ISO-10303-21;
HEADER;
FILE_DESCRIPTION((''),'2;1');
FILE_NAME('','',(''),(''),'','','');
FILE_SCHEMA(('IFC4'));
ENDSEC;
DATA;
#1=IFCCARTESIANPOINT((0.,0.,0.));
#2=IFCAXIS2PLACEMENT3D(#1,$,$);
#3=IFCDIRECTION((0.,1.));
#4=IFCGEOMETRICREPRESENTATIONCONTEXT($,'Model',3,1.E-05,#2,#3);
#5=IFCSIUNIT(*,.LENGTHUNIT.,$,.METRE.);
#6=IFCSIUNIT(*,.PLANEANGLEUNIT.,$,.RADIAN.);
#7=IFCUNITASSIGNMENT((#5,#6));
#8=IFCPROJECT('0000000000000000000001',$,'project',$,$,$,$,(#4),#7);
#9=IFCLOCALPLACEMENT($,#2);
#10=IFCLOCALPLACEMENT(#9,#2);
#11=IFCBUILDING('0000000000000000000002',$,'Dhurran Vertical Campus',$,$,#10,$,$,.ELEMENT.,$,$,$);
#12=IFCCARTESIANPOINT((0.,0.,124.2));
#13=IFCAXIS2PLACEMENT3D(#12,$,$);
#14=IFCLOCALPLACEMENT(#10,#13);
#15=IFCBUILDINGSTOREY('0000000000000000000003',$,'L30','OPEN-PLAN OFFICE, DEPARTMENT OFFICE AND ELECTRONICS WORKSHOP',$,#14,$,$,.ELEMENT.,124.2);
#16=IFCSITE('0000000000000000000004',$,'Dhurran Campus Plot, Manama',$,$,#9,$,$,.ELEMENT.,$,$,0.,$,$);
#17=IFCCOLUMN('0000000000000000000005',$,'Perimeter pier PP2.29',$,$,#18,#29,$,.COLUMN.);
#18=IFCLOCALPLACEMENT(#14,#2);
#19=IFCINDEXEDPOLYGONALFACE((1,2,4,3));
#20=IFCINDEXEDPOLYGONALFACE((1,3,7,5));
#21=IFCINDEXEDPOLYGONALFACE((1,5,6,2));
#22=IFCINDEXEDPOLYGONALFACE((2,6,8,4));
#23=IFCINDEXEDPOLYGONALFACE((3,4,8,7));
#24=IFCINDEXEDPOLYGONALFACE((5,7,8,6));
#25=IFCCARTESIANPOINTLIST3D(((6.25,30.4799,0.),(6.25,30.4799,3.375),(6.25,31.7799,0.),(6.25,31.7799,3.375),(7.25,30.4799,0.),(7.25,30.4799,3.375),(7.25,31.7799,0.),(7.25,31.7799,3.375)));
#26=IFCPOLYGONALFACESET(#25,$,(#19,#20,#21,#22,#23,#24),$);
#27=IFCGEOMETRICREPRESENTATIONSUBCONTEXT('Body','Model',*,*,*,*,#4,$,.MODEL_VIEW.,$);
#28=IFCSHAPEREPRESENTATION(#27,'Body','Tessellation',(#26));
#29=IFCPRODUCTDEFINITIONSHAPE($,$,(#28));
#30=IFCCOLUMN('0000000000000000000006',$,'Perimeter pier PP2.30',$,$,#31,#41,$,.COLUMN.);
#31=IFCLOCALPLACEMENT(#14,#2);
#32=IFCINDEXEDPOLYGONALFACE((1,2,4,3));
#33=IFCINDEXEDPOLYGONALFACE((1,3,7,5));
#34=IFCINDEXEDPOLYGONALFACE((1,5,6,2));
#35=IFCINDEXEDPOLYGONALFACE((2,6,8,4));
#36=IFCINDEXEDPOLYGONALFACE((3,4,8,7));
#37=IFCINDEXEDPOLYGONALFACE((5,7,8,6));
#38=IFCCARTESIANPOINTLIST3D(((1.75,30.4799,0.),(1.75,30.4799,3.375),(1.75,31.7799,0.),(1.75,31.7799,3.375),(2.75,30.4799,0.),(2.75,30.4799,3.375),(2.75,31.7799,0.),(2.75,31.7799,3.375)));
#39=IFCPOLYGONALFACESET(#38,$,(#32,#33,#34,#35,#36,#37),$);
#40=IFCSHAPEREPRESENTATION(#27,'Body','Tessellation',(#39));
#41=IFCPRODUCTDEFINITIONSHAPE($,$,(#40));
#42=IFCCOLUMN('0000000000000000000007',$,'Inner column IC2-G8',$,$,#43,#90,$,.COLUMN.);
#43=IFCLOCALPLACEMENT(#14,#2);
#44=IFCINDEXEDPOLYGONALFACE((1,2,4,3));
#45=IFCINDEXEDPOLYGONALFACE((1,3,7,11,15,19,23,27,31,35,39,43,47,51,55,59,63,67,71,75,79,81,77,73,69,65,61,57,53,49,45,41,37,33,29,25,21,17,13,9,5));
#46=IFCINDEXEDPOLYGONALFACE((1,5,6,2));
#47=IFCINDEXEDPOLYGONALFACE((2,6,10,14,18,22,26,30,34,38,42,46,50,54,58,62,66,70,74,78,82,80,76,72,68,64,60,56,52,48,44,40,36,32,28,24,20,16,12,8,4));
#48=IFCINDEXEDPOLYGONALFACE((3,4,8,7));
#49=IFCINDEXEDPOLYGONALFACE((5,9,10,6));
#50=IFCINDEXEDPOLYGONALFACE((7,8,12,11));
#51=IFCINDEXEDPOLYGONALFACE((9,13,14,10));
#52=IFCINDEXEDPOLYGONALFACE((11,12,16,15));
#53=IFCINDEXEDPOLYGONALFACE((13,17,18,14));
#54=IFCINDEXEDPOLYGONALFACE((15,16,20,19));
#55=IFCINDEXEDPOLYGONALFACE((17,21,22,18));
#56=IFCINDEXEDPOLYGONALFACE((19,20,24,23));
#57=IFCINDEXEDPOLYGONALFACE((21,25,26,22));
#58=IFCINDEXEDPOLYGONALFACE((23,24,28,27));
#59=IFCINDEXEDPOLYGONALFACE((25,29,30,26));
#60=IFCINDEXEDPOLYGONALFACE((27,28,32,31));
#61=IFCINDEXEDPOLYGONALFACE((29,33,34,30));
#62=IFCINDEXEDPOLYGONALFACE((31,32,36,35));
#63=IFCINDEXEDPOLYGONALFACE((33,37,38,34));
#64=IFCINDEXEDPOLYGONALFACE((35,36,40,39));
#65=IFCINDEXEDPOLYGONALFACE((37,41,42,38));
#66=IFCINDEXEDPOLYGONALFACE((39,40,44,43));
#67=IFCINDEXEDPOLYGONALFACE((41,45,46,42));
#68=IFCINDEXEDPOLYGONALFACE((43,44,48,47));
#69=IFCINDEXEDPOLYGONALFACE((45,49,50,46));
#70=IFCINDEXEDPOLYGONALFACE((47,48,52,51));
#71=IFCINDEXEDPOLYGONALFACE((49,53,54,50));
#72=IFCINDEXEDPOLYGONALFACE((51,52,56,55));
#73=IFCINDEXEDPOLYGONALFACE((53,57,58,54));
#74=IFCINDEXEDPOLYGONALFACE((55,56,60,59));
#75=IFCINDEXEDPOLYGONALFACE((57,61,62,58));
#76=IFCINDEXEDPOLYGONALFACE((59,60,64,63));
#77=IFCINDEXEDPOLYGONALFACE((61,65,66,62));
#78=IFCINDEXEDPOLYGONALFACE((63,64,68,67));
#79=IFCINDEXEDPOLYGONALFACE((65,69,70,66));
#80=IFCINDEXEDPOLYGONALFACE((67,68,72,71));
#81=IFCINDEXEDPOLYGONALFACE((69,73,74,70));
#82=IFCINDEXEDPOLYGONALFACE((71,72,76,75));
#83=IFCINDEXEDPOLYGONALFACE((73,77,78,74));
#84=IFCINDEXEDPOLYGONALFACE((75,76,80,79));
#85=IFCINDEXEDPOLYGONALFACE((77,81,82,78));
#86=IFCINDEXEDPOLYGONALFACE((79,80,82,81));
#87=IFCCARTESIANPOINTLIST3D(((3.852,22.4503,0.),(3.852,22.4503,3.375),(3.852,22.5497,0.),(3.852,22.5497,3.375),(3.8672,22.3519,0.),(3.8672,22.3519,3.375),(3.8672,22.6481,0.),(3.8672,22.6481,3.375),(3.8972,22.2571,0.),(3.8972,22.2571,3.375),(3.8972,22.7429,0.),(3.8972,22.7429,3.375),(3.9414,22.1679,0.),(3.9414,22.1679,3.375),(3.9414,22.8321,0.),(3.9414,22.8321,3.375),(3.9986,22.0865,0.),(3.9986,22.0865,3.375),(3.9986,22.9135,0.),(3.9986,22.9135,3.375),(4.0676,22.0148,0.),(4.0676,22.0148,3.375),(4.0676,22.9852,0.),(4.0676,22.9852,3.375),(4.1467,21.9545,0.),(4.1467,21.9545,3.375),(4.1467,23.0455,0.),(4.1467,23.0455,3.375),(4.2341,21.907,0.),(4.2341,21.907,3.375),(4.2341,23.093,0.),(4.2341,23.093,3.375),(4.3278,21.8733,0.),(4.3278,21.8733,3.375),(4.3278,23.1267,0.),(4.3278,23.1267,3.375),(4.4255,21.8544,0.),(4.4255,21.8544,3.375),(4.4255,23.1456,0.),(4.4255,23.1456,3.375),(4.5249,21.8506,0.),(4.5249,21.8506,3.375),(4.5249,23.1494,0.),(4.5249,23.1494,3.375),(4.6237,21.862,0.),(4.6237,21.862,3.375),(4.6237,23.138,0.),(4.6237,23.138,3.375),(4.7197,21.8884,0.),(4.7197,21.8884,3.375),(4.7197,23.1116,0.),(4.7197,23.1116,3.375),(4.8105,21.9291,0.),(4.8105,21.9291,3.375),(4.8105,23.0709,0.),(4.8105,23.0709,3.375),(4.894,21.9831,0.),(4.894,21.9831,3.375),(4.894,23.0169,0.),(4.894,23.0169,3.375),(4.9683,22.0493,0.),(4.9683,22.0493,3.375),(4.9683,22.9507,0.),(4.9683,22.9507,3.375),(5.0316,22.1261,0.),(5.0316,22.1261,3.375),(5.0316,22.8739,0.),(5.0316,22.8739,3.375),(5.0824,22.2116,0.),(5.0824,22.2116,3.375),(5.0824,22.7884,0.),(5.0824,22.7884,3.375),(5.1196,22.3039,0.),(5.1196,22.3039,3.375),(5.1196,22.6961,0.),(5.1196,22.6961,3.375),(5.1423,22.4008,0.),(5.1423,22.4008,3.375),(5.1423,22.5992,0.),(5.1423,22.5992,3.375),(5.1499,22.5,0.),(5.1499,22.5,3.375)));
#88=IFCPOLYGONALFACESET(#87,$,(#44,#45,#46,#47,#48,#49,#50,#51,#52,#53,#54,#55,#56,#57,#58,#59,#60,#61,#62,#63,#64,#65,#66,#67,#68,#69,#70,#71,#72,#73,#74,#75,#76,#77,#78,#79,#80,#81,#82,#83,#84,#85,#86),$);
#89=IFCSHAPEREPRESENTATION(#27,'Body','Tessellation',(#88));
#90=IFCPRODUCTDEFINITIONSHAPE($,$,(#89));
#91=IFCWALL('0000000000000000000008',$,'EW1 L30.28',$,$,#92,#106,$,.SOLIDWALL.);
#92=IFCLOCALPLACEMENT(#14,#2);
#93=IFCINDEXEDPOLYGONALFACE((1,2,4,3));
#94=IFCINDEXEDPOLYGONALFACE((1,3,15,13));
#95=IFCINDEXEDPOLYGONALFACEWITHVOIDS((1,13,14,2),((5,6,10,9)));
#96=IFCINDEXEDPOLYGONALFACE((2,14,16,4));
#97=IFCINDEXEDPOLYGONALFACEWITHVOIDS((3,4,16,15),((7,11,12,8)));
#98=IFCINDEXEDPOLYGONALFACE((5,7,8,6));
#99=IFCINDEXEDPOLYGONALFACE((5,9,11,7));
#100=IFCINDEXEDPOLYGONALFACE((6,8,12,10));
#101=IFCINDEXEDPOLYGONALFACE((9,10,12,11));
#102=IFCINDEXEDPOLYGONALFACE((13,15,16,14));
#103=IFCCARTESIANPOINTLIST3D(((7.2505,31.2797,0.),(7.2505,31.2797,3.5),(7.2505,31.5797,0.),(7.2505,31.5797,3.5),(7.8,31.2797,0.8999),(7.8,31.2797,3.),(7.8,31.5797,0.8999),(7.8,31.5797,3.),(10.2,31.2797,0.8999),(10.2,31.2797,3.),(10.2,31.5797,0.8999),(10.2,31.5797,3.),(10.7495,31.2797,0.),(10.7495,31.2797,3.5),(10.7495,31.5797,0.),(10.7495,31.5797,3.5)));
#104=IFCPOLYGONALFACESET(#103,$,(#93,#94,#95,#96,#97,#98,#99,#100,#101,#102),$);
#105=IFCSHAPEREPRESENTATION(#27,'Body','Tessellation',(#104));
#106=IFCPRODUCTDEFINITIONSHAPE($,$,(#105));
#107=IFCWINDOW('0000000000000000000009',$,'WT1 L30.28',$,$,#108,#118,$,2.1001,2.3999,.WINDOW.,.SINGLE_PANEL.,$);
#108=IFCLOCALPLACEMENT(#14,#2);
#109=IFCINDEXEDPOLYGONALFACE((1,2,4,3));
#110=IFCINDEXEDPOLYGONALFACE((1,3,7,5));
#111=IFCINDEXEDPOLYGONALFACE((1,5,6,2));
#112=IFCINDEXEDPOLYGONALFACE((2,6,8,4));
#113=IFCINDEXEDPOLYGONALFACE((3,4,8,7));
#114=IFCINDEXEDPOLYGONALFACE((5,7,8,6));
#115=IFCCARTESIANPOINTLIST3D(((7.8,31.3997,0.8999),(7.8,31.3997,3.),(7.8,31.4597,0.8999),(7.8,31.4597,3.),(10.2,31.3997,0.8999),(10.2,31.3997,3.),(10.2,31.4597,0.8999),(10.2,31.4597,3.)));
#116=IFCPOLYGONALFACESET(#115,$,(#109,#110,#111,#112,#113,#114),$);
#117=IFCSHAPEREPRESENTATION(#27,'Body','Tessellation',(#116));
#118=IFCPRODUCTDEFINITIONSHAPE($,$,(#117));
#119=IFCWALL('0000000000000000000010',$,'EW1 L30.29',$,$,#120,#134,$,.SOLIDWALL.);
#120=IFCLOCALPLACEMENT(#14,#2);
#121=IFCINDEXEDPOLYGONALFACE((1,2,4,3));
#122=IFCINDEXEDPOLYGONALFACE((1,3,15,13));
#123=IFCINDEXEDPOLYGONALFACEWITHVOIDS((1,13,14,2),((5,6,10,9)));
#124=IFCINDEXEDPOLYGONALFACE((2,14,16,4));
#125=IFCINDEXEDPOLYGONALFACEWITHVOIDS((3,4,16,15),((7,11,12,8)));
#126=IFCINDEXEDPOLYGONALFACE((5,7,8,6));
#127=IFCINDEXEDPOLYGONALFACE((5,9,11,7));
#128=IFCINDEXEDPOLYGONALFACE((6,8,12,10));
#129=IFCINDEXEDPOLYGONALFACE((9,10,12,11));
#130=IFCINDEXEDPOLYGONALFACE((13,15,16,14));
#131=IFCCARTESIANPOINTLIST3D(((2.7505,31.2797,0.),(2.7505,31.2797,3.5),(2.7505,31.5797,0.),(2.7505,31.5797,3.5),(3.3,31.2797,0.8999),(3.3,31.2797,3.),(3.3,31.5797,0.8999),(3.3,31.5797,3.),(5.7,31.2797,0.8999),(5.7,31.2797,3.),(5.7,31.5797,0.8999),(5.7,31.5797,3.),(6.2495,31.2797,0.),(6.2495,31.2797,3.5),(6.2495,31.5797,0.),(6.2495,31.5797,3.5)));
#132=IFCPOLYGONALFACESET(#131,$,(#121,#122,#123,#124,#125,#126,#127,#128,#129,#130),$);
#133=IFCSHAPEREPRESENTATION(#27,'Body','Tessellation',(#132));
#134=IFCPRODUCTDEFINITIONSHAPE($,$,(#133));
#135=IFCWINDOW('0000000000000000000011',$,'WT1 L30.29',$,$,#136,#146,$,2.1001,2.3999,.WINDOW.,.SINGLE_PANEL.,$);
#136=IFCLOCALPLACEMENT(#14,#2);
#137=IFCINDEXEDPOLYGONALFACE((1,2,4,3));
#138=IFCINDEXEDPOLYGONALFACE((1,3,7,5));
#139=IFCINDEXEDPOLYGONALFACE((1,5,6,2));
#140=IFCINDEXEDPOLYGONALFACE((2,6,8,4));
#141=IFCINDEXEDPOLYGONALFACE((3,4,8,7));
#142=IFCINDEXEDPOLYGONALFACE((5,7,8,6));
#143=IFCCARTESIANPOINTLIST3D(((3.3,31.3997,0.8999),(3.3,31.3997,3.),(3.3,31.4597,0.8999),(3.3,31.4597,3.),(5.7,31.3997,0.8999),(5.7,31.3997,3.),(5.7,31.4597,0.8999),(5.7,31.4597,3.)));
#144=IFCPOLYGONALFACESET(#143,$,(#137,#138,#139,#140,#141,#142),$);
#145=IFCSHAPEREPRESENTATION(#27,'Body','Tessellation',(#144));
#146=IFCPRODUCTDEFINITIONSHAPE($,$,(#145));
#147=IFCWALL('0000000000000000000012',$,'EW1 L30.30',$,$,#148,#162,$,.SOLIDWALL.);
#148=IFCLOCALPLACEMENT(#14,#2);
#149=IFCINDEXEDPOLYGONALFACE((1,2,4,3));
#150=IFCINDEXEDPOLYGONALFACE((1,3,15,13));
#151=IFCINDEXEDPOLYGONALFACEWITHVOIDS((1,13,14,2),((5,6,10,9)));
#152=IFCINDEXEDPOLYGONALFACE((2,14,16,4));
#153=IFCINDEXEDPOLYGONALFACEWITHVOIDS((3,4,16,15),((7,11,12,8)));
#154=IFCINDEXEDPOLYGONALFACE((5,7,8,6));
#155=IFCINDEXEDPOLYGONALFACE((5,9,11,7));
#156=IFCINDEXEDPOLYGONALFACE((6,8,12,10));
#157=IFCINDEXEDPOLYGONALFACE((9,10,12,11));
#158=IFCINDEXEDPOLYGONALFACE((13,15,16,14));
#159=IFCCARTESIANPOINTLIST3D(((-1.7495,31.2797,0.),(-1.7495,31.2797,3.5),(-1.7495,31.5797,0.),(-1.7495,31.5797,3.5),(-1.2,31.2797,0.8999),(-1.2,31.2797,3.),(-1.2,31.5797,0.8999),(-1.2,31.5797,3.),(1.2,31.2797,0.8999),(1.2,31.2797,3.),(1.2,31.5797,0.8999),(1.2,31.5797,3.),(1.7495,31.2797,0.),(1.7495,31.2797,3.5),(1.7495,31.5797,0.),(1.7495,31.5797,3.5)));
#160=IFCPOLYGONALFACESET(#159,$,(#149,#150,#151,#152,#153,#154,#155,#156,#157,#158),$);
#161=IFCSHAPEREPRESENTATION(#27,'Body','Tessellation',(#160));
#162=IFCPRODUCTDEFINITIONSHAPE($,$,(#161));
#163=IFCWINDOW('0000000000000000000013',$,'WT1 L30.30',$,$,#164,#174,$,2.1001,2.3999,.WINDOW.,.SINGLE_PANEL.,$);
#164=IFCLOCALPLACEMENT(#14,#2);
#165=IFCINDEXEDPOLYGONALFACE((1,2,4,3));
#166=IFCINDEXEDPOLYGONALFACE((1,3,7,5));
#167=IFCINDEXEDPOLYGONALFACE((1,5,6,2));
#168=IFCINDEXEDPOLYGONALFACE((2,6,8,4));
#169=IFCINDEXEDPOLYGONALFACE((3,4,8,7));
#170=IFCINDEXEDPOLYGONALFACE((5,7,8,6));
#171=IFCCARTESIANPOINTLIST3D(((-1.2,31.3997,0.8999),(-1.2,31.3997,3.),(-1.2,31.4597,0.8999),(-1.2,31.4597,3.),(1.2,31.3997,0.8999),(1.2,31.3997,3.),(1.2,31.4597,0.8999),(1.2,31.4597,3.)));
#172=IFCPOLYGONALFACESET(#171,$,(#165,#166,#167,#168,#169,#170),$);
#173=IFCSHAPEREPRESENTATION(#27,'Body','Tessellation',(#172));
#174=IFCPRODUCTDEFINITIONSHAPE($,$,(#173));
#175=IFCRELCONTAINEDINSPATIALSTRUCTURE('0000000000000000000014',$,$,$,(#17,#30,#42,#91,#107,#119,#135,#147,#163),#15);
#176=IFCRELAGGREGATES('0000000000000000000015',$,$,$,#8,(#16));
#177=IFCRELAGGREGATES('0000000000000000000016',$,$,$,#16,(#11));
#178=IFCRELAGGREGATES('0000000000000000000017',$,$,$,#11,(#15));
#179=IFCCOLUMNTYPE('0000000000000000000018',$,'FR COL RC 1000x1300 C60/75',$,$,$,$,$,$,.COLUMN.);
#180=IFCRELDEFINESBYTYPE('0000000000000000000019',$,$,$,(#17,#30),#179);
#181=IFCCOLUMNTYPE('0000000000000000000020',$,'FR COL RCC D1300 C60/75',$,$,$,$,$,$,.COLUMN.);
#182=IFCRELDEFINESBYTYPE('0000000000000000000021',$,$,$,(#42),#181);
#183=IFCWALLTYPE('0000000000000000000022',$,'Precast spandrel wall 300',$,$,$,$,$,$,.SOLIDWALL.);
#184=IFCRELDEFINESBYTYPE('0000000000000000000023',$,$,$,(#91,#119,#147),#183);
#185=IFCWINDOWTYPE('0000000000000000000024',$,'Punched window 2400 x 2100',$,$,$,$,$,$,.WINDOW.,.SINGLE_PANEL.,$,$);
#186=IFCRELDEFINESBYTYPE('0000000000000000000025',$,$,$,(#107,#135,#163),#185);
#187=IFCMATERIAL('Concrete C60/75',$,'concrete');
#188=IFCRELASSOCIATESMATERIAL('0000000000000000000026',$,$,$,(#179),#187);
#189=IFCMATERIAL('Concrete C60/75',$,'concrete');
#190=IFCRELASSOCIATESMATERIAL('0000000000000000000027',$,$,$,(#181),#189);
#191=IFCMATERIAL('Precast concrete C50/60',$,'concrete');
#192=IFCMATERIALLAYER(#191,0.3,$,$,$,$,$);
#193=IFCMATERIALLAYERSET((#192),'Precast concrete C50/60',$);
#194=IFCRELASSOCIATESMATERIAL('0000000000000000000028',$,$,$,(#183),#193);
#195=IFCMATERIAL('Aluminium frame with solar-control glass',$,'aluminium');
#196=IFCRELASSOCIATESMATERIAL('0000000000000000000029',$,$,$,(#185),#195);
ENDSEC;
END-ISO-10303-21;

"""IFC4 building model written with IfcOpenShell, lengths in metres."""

from ifc_helpers import new_model, si_unit, direction, frame, frame_2d, origin, origin_2d, place, context, subcontext, project, spatial, rectangle, circle, extrude, material, layer, layer_set, material_profile, profile_set, type_object, element, fill, save


model = new_model("IFC4")

# Units and contexts
model_context = context("Model", 3, precision=1e-05, world=origin(), true_north=direction((0.0, 1.0)))
body_context = subcontext(model_context, "Body", "Model", "MODEL_VIEW")
ifc_project = project(units=[si_unit("LENGTHUNIT", "METRE"), si_unit("PLANEANGLEUNIT", "RADIAN")], contexts=[model_context])

# Site, building, storey
site_placement = place(None, origin())
site = spatial("IfcSite", under=ifc_project, at=site_placement, Name="Dhurran Campus Plot, Manama", CompositionType="ELEMENT", RefElevation=0.0)
building_placement = place(site_placement, origin())
building = spatial("IfcBuilding", under=site, at=building_placement, Name="Dhurran Vertical Campus", CompositionType="ELEMENT")
storey_placement = place(building_placement, frame((0.0, 0.0, 124.2)))
storey = spatial("IfcBuildingStorey", under=building, at=storey_placement, Name="L30", Description="OPEN-PLAN OFFICE, DEPARTMENT OFFICE AND ELECTRONICS WORKSHOP", CompositionType="ELEMENT", Elevation=124.2)

# Columns
ifc_material_1 = material(Name="Concrete C60/75", Category="concrete")
ifc_material_profile_1 = material_profile(ifc_material_1, rectangle(XDim=1.0, YDim=1.3, at=origin_2d()), Name="RC 1000x1300")
ifc_profile_set_1 = profile_set([ifc_material_profile_1], Name="Concrete C60/75")
column_type_1 = type_object("IfcColumnType", Name="FR COL RC 1000x1300 C60/75", PredefinedType="COLUMN", material=ifc_profile_set_1)
for number, where, z_axis, x_axis, name in (
    (1, (6.75, 31.1299, 0.0), (0.0, 0.0, 1.0), (-1.0, 0.0, 0.0), "Perimeter pier PP2.29"),
    (2, (2.25, 31.1299, 0.0), (0.0, 0.0, 1.0), (-1.0, 0.0, 0.0), "Perimeter pier PP2.30"),
):
    element("IfcColumn", number, at=place(storey_placement, frame(where, z_axis=z_axis, x_axis=x_axis)), inside=storey, type_object=column_type_1, Name=name, PredefinedType="COLUMN", context=body_context, shape_type="SweptSolid", body=[
        extrude(rectangle(XDim=1.0, YDim=1.3, at=origin_2d()), origin(), (0.0, 0.0, 1.0), 3.375),
    ])
ifc_material_2 = material(Name="Concrete C60/75", Category="concrete")
ifc_material_profile_2 = material_profile(ifc_material_2, circle(Radius=0.6499, at=origin_2d()), Name="RCC D1300")
ifc_profile_set_2 = profile_set([ifc_material_profile_2], Name="Concrete C60/75")
column_type_2 = type_object("IfcColumnType", Name="FR COL RCC D1300 C60/75", PredefinedType="COLUMN", material=ifc_profile_set_2)
column_placement = place(storey_placement, frame((4.5, 22.5, 0.0), z_axis=(0.0, 0.0, 1.0), x_axis=(1.0, 0.0, 0.0)))
element("IfcColumn", 3, at=column_placement, inside=storey, type_object=column_type_2, Name="Inner column IC2-G8", PredefinedType="COLUMN", context=body_context, shape_type="SweptSolid", body=[
    extrude(circle(Radius=0.6499, at=origin_2d()), origin(), (0.0, 0.0, 1.0), 3.375),
])

# Walls, openings, windows
ifc_material_3 = material(Name="Precast concrete C50/60", Category="concrete")
ifc_layer_1 = layer(ifc_material_3, 0.3)
ifc_layer_set_1 = layer_set([ifc_layer_1], Name="Precast concrete C50/60")
wall_type_1 = type_object("IfcWallType", Name="Precast spandrel wall 300", PredefinedType="SOLIDWALL", material=ifc_layer_set_1)
wall_1_placement = place(storey_placement, frame((10.7495, 31.4297, 0.0), z_axis=(0.0, 0.0, 1.0), x_axis=(-1.0, 0.0, 0.0)))
wall_1 = element("IfcWall", 4, at=wall_1_placement, inside=storey, type_object=wall_type_1, Name="EW1 L30.28", PredefinedType="SOLIDWALL", context=body_context, shape_type="SweptSolid", body=[
    extrude(rectangle(XDim=3.499, YDim=0.3, at=frame_2d((1.7495, 0.0))), origin(), (0.0, 0.0, 1.0), 3.5),
])
opening_1_placement = place(wall_1_placement, frame((0.5496, 0.0, 0.8999)))
opening_1 = element("IfcOpeningElement", 5, at=opening_1_placement, cuts=wall_1, PredefinedType="OPENING", context=body_context, shape_type="SweptSolid", body=[
    extrude(rectangle(XDim=2.3999, YDim=2.1001, at=frame_2d((1.2, 1.05))), frame((0.0, 0.1599, 0.0), z_axis=(0.0, -1.0, 0.0), x_axis=(1.0, 0.0, 0.0)), (0.0, 0.0, 1.0), 0.3201),
])
ifc_material_4 = material(Name="Aluminium frame with solar-control glass", Category="aluminium")
window_type = type_object("IfcWindowType", Name="Punched window 2400 x 2100", PartitioningType="SINGLE_PANEL", PredefinedType="WINDOW", material=ifc_material_4)
window_1_placement = place(opening_1_placement, origin())
window_1 = element("IfcWindow", 6, at=window_1_placement, inside=storey, type_object=window_type, Name="WT1 L30.28", OverallHeight=2.1001, OverallWidth=2.3999, PartitioningType="SINGLE_PANEL", PredefinedType="WINDOW", context=body_context, shape_type="SweptSolid", body=[
    extrude(rectangle(XDim=2.3999, YDim=2.1001, at=frame_2d((1.2, 1.05))), frame((0.0, 0.03, 0.0), z_axis=(0.0, -1.0, 0.0), x_axis=(1.0, 0.0, 0.0)), (0.0, 0.0, 1.0), 0.0601),
])
fill(opening_1, window_1)
wall_2_placement = place(storey_placement, frame((6.2495, 31.4297, 0.0), z_axis=(0.0, 0.0, 1.0), x_axis=(-1.0, 0.0, 0.0)))
wall_2 = element("IfcWall", 7, at=wall_2_placement, inside=storey, type_object=wall_type_1, Name="EW1 L30.29", PredefinedType="SOLIDWALL", context=body_context, shape_type="SweptSolid", body=[
    extrude(rectangle(XDim=3.499, YDim=0.3, at=frame_2d((1.7495, 0.0))), origin(), (0.0, 0.0, 1.0), 3.5),
])
opening_2_placement = place(wall_2_placement, frame((0.5496, 0.0, 0.8999)))
opening_2 = element("IfcOpeningElement", 8, at=opening_2_placement, cuts=wall_2, PredefinedType="OPENING", context=body_context, shape_type="SweptSolid", body=[
    extrude(rectangle(XDim=2.3999, YDim=2.1001, at=frame_2d((1.2, 1.05))), frame((0.0, 0.1599, 0.0), z_axis=(0.0, -1.0, 0.0), x_axis=(1.0, 0.0, 0.0)), (0.0, 0.0, 1.0), 0.3201),
])
window_2_placement = place(opening_2_placement, origin())
window_2 = element("IfcWindow", 9, at=window_2_placement, inside=storey, type_object=window_type, Name="WT1 L30.29", OverallHeight=2.1001, OverallWidth=2.3999, PartitioningType="SINGLE_PANEL", PredefinedType="WINDOW", context=body_context, shape_type="SweptSolid", body=[
    extrude(rectangle(XDim=2.3999, YDim=2.1001, at=frame_2d((1.2, 1.05))), frame((0.0, 0.03, 0.0), z_axis=(0.0, -1.0, 0.0), x_axis=(1.0, 0.0, 0.0)), (0.0, 0.0, 1.0), 0.0601),
])
fill(opening_2, window_2)
wall_3_placement = place(storey_placement, frame((1.7495, 31.4297, 0.0), z_axis=(0.0, 0.0, 1.0), x_axis=(-1.0, 0.0, 0.0)))
wall_3 = element("IfcWall", 10, at=wall_3_placement, inside=storey, type_object=wall_type_1, Name="EW1 L30.30", PredefinedType="SOLIDWALL", context=body_context, shape_type="SweptSolid", body=[
    extrude(rectangle(XDim=3.499, YDim=0.3, at=frame_2d((1.7495, 0.0))), origin(), (0.0, 0.0, 1.0), 3.5),
])
opening_3_placement = place(wall_3_placement, frame((0.5496, 0.0, 0.8999)))
opening_3 = element("IfcOpeningElement", 11, at=opening_3_placement, cuts=wall_3, PredefinedType="OPENING", context=body_context, shape_type="SweptSolid", body=[
    extrude(rectangle(XDim=2.3999, YDim=2.1001, at=frame_2d((1.2, 1.05))), frame((0.0, 0.1599, 0.0), z_axis=(0.0, -1.0, 0.0), x_axis=(1.0, 0.0, 0.0)), (0.0, 0.0, 1.0), 0.3201),
])
window_3_placement = place(opening_3_placement, origin())
window_3 = element("IfcWindow", 12, at=window_3_placement, inside=storey, type_object=window_type, Name="WT1 L30.30", OverallHeight=2.1001, OverallWidth=2.3999, PartitioningType="SINGLE_PANEL", PredefinedType="WINDOW", context=body_context, shape_type="SweptSolid", body=[
    extrude(rectangle(XDim=2.3999, YDim=2.1001, at=frame_2d((1.2, 1.05))), frame((0.0, 0.03, 0.0), z_axis=(0.0, -1.0, 0.0), x_axis=(1.0, 0.0, 0.0)), (0.0, 0.0, 1.0), 0.0601),
])
fill(opening_3, window_3)

save(model, "model.ifc")
